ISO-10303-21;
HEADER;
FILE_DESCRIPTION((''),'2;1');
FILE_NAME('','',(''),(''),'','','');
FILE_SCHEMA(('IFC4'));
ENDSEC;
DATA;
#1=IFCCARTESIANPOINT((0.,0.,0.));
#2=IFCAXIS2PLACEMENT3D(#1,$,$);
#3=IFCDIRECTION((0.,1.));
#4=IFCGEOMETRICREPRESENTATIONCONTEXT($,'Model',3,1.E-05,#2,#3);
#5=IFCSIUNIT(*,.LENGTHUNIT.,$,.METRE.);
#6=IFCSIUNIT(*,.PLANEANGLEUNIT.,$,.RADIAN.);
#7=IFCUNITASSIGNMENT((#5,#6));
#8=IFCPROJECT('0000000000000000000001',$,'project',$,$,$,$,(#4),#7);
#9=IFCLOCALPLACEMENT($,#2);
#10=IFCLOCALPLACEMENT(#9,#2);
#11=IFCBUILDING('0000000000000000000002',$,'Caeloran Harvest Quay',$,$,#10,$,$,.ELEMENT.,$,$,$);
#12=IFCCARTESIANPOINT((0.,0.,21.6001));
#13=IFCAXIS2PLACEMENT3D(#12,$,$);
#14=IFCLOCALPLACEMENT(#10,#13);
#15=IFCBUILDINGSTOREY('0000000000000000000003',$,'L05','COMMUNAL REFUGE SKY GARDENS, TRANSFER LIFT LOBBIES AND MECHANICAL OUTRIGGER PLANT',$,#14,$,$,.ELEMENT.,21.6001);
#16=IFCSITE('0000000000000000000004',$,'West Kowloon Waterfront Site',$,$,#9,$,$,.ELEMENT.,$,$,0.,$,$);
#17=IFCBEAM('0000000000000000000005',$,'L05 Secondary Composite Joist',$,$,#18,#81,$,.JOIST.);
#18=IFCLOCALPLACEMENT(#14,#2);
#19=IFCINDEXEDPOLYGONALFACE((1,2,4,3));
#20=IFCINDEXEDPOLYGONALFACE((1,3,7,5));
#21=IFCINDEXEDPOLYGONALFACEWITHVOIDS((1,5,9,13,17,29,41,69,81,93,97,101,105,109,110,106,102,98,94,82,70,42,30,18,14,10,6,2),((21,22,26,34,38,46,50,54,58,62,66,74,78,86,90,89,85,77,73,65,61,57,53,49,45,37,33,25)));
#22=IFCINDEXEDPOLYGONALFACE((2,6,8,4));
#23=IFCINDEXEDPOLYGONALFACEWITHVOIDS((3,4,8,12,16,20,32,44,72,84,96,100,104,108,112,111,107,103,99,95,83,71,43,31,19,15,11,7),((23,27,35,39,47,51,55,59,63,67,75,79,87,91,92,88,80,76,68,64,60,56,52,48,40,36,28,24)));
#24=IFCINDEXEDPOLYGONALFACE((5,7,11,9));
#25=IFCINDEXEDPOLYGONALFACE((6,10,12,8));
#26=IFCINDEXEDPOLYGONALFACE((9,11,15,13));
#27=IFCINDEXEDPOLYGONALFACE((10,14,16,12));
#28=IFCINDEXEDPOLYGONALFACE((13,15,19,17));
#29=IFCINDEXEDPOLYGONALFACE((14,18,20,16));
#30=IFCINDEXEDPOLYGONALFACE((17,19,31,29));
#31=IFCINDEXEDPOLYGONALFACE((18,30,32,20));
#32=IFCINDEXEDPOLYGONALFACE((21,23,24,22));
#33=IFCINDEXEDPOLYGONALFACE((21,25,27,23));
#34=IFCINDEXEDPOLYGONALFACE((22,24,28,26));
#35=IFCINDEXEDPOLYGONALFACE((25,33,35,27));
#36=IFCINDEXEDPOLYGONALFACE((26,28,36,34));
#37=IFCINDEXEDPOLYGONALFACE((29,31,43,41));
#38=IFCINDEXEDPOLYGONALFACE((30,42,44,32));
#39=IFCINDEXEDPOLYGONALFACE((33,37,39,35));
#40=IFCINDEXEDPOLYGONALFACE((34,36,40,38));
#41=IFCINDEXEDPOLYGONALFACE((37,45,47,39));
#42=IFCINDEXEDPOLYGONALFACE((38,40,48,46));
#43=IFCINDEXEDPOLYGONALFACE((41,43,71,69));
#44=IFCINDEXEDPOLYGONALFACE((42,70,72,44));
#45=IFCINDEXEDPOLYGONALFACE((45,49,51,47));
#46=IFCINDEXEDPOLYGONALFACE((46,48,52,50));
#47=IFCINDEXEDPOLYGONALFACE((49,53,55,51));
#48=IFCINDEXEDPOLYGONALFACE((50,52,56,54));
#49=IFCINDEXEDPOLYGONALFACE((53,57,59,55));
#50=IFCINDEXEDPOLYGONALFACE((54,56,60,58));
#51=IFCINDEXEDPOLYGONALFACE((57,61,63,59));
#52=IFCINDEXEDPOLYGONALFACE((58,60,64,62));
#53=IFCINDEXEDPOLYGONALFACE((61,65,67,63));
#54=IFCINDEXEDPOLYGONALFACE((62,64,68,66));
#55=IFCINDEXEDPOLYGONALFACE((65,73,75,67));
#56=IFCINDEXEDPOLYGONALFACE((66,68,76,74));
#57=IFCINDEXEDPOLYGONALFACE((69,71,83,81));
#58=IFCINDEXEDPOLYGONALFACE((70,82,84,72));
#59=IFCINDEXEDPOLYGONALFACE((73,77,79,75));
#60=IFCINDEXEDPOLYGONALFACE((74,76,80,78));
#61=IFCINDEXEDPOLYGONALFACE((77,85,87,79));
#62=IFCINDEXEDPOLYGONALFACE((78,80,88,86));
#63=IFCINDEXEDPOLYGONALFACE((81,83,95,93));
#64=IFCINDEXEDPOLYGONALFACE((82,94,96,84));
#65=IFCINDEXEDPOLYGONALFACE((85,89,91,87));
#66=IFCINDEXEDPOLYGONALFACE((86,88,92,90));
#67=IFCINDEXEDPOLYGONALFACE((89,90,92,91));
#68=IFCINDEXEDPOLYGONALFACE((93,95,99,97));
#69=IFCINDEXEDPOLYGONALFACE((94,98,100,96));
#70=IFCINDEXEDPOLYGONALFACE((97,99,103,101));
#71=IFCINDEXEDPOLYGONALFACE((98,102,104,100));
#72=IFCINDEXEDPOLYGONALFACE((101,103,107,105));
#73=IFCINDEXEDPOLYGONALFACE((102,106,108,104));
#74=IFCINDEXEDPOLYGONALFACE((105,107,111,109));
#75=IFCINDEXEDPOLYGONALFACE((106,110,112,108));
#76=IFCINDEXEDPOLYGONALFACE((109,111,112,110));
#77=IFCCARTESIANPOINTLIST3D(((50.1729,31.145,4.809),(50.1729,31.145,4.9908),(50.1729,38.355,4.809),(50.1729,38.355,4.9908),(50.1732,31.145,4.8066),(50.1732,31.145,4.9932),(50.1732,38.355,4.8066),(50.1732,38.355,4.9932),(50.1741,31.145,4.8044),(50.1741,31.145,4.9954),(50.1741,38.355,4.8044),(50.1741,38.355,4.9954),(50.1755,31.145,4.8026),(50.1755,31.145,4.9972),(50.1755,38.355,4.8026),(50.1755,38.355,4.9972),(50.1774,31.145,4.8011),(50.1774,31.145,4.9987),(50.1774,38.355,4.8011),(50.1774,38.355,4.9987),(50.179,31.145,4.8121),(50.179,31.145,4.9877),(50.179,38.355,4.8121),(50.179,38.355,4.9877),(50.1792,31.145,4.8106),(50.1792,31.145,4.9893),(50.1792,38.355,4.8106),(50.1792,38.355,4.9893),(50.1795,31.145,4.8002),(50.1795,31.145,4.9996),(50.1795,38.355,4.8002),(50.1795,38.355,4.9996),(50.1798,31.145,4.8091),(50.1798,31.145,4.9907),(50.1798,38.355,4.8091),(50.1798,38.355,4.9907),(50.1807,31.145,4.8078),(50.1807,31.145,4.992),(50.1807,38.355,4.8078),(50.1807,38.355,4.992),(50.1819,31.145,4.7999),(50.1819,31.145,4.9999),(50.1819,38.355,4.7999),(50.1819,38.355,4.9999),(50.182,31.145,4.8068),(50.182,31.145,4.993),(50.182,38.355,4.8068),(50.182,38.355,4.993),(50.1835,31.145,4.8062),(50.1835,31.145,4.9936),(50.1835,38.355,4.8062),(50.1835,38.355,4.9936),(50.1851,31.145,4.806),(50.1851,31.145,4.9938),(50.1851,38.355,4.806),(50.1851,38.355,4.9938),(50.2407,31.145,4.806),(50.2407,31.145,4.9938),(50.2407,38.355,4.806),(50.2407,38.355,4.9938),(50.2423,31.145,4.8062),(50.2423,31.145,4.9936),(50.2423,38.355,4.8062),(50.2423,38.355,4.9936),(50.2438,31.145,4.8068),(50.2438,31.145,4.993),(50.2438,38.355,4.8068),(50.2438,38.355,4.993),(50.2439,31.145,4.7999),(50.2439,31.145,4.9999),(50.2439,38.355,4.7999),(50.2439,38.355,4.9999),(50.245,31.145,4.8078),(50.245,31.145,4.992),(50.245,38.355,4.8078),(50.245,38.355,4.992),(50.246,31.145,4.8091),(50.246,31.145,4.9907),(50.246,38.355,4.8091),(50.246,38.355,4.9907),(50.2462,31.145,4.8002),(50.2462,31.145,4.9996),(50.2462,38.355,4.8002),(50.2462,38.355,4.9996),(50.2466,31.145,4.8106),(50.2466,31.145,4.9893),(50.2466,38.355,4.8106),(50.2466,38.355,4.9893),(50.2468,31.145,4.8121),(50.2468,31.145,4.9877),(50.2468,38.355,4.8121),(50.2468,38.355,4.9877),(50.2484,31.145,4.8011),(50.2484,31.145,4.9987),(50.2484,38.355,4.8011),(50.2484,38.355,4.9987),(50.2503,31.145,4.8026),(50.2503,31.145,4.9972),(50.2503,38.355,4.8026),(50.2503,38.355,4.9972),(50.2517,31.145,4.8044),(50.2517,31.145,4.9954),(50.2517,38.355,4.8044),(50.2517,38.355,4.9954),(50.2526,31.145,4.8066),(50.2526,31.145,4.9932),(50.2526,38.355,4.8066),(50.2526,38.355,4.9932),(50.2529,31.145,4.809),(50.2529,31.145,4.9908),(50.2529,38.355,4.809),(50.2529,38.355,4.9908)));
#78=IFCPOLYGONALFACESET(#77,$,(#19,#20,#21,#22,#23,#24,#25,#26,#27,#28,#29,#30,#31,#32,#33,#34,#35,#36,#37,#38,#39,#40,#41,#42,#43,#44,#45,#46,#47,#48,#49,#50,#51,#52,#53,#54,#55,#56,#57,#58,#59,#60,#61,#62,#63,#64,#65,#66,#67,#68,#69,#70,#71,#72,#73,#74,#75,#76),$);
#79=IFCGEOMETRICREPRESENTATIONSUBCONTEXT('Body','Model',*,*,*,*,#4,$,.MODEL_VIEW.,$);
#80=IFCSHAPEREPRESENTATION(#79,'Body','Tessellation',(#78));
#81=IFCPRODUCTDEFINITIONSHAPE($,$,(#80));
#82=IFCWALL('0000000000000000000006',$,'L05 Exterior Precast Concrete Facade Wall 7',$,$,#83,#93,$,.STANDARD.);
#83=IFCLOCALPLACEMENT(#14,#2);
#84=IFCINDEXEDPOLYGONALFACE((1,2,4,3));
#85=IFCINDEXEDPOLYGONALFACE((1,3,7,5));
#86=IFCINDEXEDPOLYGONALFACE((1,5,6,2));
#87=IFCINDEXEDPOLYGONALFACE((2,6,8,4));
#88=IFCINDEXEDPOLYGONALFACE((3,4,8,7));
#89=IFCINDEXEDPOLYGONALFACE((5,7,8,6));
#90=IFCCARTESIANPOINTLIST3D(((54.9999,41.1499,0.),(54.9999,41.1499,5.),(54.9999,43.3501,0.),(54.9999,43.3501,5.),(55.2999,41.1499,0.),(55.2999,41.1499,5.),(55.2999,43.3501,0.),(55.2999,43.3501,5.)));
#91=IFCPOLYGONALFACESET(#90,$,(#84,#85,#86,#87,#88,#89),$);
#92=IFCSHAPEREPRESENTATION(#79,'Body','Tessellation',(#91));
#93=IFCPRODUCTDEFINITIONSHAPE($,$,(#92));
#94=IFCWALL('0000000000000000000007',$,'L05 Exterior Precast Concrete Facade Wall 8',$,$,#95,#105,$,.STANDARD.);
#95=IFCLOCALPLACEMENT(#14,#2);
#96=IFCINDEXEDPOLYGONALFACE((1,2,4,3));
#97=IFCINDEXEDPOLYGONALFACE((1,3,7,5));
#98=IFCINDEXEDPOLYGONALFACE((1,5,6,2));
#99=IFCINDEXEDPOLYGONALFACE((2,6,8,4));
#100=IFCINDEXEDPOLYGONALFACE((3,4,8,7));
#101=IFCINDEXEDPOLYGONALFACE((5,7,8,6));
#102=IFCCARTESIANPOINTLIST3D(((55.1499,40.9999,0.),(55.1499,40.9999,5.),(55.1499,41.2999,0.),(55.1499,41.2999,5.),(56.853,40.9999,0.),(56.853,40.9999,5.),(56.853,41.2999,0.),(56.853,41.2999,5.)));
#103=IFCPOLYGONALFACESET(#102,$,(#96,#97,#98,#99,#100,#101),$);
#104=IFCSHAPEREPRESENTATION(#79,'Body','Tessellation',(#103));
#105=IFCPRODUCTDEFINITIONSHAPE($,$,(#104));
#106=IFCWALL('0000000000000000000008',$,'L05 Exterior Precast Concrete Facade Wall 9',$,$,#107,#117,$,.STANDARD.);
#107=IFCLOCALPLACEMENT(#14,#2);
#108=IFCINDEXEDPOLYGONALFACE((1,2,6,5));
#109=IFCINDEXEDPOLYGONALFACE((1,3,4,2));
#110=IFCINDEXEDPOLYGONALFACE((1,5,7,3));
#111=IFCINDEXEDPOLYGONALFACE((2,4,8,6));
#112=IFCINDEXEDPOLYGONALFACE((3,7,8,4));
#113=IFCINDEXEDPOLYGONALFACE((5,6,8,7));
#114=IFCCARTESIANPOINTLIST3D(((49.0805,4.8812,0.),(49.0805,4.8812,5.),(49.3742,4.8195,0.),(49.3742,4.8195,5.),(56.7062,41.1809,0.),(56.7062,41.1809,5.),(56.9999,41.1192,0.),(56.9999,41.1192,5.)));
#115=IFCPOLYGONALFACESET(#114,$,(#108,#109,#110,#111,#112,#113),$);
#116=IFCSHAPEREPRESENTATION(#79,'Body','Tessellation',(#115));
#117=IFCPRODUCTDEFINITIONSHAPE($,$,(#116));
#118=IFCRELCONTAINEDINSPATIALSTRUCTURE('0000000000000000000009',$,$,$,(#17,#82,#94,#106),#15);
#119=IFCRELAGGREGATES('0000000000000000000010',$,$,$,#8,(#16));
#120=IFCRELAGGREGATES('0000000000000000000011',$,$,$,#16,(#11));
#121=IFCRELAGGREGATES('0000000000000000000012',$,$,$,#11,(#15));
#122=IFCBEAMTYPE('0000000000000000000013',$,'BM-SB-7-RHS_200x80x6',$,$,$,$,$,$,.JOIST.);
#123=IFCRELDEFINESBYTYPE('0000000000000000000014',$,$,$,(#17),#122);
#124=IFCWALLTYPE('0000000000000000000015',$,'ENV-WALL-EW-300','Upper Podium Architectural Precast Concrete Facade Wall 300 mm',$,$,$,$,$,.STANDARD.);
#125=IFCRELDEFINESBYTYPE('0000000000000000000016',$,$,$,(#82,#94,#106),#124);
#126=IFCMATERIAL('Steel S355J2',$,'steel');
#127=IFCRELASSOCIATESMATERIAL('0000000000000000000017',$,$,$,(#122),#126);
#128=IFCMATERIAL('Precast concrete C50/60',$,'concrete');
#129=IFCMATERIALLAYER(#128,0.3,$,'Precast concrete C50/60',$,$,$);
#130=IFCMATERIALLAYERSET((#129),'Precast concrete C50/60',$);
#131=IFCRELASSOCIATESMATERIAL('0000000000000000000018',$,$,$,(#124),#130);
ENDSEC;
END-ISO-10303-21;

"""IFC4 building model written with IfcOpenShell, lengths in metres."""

from ifc_helpers import new_model, si_unit, direction, frame, frame_2d, origin, origin_2d, place, context, subcontext, project, spatial, rectangle, hollow_rectangle, extrude, material, layer, layer_set, material_profile, profile_set, type_object, element, save


model = new_model("IFC4")

# Units and contexts
model_context = context("Model", 3, precision=1e-05, world=origin(), true_north=direction((0.0, 1.0)))
body_context = subcontext(model_context, "Body", "Model", "MODEL_VIEW")
ifc_project = project(units=[si_unit("LENGTHUNIT", "METRE"), si_unit("PLANEANGLEUNIT", "RADIAN")], contexts=[model_context])

# Site, building, storey
site_placement = place(None, origin())
site = spatial("IfcSite", under=ifc_project, at=site_placement, Name="West Kowloon Waterfront Site", CompositionType="ELEMENT", RefElevation=0.0)
building_placement = place(site_placement, origin())
building = spatial("IfcBuilding", under=site, at=building_placement, Name="Caeloran Harvest Quay", CompositionType="ELEMENT")
storey_placement = place(building_placement, frame((0.0, 0.0, 21.6001)))
storey = spatial("IfcBuildingStorey", under=building, at=storey_placement, Name="L05", Description="COMMUNAL REFUGE SKY GARDENS, TRANSFER LIFT LOBBIES AND MECHANICAL OUTRIGGER PLANT", CompositionType="ELEMENT", Elevation=21.6001)

# Beam
ifc_material_1 = material(Name="Steel S355J2", Category="steel")
ifc_material_profile_1 = material_profile(ifc_material_1, hollow_rectangle(XDim=0.0801, YDim=0.2, WallThickness=0.0061, InnerFilletRadius=0.0061, OuterFilletRadius=0.009, at=origin_2d()), Name="RHS 200x80x6")
ifc_profile_set_1 = profile_set([ifc_material_profile_1], Name="Steel S355J2")
beam_type_1 = type_object("IfcBeamType", Name="BM-SB-7-RHS_200x80x6", PredefinedType="JOIST", material=ifc_profile_set_1)
for number, where, z_axis, x_axis, name in (
    (1, (50.2129, 31.145, 4.8999), (0.0, 1.0, 0.0), (-1.0, 0.0, 0.0), "L05 Secondary Composite Joist"),
):
    element("IfcBeam", number, at=place(storey_placement, frame(where, z_axis=z_axis, x_axis=x_axis)), inside=storey, type_object=beam_type_1, Name=name, PredefinedType="JOIST", context=body_context, shape_type="SweptSolid", body=[
        extrude(hollow_rectangle(XDim=0.0801, YDim=0.2, WallThickness=0.0061, InnerFilletRadius=0.0061, OuterFilletRadius=0.009, at=origin_2d()), origin(), (0.0, 0.0, 1.0), 7.21),
    ])

# Walls
ifc_material_2 = material(Name="Precast concrete C50/60", Category="concrete")
ifc_layer = layer(ifc_material_2, 0.3, Name="Precast concrete C50/60")
ifc_layer_set = layer_set([ifc_layer], Name="Precast concrete C50/60")
wall_type = type_object("IfcWallType", Name="ENV-WALL-EW-300", Description="Upper Podium Architectural Precast Concrete Facade Wall 300 mm", PredefinedType="STANDARD", material=ifc_layer_set)
wall_1_placement = place(storey_placement, frame((55.1499, 43.3501, 0.0), z_axis=(0.0, 0.0, 1.0), x_axis=(0.0, -1.0, 0.0)))
element("IfcWall", 2, at=wall_1_placement, inside=storey, type_object=wall_type, Name="L05 Exterior Precast Concrete Facade Wall 7", PredefinedType="STANDARD", context=body_context, shape_type="SweptSolid", body=[
    extrude(rectangle(XDim=2.2002, YDim=0.3, at=frame_2d((1.1001, 0.0))), origin(), (0.0, 0.0, 1.0), 5.0),
])
wall_2_placement = place(storey_placement, frame((55.1499, 41.1499, 0.0), z_axis=(0.0, 0.0, 1.0), x_axis=(1.0, 0.0, 0.0)))
element("IfcWall", 3, at=wall_2_placement, inside=storey, type_object=wall_type, Name="L05 Exterior Precast Concrete Facade Wall 8", PredefinedType="STANDARD", context=body_context, shape_type="SweptSolid", body=[
    extrude(rectangle(XDim=1.7031, YDim=0.3, at=frame_2d((0.8516, 0.0))), origin(), (0.0, 0.0, 1.0), 5.0),
])
wall_3_placement = place(storey_placement, frame((56.853, 41.1499, 0.0), z_axis=(0.0, 0.0, 1.0), x_axis=(-0.205589, -0.978638, 0.0)))
element("IfcWall", 4, at=wall_3_placement, inside=storey, type_object=wall_type, Name="L05 Exterior Precast Concrete Facade Wall 9", PredefinedType="STANDARD", context=body_context, shape_type="SweptSolid", body=[
    extrude(rectangle(XDim=37.092, YDim=0.3, at=frame_2d((18.5459, 0.0))), origin(), (0.0, 0.0, 1.0), 5.0),
])

save(model, "model.ifc")
